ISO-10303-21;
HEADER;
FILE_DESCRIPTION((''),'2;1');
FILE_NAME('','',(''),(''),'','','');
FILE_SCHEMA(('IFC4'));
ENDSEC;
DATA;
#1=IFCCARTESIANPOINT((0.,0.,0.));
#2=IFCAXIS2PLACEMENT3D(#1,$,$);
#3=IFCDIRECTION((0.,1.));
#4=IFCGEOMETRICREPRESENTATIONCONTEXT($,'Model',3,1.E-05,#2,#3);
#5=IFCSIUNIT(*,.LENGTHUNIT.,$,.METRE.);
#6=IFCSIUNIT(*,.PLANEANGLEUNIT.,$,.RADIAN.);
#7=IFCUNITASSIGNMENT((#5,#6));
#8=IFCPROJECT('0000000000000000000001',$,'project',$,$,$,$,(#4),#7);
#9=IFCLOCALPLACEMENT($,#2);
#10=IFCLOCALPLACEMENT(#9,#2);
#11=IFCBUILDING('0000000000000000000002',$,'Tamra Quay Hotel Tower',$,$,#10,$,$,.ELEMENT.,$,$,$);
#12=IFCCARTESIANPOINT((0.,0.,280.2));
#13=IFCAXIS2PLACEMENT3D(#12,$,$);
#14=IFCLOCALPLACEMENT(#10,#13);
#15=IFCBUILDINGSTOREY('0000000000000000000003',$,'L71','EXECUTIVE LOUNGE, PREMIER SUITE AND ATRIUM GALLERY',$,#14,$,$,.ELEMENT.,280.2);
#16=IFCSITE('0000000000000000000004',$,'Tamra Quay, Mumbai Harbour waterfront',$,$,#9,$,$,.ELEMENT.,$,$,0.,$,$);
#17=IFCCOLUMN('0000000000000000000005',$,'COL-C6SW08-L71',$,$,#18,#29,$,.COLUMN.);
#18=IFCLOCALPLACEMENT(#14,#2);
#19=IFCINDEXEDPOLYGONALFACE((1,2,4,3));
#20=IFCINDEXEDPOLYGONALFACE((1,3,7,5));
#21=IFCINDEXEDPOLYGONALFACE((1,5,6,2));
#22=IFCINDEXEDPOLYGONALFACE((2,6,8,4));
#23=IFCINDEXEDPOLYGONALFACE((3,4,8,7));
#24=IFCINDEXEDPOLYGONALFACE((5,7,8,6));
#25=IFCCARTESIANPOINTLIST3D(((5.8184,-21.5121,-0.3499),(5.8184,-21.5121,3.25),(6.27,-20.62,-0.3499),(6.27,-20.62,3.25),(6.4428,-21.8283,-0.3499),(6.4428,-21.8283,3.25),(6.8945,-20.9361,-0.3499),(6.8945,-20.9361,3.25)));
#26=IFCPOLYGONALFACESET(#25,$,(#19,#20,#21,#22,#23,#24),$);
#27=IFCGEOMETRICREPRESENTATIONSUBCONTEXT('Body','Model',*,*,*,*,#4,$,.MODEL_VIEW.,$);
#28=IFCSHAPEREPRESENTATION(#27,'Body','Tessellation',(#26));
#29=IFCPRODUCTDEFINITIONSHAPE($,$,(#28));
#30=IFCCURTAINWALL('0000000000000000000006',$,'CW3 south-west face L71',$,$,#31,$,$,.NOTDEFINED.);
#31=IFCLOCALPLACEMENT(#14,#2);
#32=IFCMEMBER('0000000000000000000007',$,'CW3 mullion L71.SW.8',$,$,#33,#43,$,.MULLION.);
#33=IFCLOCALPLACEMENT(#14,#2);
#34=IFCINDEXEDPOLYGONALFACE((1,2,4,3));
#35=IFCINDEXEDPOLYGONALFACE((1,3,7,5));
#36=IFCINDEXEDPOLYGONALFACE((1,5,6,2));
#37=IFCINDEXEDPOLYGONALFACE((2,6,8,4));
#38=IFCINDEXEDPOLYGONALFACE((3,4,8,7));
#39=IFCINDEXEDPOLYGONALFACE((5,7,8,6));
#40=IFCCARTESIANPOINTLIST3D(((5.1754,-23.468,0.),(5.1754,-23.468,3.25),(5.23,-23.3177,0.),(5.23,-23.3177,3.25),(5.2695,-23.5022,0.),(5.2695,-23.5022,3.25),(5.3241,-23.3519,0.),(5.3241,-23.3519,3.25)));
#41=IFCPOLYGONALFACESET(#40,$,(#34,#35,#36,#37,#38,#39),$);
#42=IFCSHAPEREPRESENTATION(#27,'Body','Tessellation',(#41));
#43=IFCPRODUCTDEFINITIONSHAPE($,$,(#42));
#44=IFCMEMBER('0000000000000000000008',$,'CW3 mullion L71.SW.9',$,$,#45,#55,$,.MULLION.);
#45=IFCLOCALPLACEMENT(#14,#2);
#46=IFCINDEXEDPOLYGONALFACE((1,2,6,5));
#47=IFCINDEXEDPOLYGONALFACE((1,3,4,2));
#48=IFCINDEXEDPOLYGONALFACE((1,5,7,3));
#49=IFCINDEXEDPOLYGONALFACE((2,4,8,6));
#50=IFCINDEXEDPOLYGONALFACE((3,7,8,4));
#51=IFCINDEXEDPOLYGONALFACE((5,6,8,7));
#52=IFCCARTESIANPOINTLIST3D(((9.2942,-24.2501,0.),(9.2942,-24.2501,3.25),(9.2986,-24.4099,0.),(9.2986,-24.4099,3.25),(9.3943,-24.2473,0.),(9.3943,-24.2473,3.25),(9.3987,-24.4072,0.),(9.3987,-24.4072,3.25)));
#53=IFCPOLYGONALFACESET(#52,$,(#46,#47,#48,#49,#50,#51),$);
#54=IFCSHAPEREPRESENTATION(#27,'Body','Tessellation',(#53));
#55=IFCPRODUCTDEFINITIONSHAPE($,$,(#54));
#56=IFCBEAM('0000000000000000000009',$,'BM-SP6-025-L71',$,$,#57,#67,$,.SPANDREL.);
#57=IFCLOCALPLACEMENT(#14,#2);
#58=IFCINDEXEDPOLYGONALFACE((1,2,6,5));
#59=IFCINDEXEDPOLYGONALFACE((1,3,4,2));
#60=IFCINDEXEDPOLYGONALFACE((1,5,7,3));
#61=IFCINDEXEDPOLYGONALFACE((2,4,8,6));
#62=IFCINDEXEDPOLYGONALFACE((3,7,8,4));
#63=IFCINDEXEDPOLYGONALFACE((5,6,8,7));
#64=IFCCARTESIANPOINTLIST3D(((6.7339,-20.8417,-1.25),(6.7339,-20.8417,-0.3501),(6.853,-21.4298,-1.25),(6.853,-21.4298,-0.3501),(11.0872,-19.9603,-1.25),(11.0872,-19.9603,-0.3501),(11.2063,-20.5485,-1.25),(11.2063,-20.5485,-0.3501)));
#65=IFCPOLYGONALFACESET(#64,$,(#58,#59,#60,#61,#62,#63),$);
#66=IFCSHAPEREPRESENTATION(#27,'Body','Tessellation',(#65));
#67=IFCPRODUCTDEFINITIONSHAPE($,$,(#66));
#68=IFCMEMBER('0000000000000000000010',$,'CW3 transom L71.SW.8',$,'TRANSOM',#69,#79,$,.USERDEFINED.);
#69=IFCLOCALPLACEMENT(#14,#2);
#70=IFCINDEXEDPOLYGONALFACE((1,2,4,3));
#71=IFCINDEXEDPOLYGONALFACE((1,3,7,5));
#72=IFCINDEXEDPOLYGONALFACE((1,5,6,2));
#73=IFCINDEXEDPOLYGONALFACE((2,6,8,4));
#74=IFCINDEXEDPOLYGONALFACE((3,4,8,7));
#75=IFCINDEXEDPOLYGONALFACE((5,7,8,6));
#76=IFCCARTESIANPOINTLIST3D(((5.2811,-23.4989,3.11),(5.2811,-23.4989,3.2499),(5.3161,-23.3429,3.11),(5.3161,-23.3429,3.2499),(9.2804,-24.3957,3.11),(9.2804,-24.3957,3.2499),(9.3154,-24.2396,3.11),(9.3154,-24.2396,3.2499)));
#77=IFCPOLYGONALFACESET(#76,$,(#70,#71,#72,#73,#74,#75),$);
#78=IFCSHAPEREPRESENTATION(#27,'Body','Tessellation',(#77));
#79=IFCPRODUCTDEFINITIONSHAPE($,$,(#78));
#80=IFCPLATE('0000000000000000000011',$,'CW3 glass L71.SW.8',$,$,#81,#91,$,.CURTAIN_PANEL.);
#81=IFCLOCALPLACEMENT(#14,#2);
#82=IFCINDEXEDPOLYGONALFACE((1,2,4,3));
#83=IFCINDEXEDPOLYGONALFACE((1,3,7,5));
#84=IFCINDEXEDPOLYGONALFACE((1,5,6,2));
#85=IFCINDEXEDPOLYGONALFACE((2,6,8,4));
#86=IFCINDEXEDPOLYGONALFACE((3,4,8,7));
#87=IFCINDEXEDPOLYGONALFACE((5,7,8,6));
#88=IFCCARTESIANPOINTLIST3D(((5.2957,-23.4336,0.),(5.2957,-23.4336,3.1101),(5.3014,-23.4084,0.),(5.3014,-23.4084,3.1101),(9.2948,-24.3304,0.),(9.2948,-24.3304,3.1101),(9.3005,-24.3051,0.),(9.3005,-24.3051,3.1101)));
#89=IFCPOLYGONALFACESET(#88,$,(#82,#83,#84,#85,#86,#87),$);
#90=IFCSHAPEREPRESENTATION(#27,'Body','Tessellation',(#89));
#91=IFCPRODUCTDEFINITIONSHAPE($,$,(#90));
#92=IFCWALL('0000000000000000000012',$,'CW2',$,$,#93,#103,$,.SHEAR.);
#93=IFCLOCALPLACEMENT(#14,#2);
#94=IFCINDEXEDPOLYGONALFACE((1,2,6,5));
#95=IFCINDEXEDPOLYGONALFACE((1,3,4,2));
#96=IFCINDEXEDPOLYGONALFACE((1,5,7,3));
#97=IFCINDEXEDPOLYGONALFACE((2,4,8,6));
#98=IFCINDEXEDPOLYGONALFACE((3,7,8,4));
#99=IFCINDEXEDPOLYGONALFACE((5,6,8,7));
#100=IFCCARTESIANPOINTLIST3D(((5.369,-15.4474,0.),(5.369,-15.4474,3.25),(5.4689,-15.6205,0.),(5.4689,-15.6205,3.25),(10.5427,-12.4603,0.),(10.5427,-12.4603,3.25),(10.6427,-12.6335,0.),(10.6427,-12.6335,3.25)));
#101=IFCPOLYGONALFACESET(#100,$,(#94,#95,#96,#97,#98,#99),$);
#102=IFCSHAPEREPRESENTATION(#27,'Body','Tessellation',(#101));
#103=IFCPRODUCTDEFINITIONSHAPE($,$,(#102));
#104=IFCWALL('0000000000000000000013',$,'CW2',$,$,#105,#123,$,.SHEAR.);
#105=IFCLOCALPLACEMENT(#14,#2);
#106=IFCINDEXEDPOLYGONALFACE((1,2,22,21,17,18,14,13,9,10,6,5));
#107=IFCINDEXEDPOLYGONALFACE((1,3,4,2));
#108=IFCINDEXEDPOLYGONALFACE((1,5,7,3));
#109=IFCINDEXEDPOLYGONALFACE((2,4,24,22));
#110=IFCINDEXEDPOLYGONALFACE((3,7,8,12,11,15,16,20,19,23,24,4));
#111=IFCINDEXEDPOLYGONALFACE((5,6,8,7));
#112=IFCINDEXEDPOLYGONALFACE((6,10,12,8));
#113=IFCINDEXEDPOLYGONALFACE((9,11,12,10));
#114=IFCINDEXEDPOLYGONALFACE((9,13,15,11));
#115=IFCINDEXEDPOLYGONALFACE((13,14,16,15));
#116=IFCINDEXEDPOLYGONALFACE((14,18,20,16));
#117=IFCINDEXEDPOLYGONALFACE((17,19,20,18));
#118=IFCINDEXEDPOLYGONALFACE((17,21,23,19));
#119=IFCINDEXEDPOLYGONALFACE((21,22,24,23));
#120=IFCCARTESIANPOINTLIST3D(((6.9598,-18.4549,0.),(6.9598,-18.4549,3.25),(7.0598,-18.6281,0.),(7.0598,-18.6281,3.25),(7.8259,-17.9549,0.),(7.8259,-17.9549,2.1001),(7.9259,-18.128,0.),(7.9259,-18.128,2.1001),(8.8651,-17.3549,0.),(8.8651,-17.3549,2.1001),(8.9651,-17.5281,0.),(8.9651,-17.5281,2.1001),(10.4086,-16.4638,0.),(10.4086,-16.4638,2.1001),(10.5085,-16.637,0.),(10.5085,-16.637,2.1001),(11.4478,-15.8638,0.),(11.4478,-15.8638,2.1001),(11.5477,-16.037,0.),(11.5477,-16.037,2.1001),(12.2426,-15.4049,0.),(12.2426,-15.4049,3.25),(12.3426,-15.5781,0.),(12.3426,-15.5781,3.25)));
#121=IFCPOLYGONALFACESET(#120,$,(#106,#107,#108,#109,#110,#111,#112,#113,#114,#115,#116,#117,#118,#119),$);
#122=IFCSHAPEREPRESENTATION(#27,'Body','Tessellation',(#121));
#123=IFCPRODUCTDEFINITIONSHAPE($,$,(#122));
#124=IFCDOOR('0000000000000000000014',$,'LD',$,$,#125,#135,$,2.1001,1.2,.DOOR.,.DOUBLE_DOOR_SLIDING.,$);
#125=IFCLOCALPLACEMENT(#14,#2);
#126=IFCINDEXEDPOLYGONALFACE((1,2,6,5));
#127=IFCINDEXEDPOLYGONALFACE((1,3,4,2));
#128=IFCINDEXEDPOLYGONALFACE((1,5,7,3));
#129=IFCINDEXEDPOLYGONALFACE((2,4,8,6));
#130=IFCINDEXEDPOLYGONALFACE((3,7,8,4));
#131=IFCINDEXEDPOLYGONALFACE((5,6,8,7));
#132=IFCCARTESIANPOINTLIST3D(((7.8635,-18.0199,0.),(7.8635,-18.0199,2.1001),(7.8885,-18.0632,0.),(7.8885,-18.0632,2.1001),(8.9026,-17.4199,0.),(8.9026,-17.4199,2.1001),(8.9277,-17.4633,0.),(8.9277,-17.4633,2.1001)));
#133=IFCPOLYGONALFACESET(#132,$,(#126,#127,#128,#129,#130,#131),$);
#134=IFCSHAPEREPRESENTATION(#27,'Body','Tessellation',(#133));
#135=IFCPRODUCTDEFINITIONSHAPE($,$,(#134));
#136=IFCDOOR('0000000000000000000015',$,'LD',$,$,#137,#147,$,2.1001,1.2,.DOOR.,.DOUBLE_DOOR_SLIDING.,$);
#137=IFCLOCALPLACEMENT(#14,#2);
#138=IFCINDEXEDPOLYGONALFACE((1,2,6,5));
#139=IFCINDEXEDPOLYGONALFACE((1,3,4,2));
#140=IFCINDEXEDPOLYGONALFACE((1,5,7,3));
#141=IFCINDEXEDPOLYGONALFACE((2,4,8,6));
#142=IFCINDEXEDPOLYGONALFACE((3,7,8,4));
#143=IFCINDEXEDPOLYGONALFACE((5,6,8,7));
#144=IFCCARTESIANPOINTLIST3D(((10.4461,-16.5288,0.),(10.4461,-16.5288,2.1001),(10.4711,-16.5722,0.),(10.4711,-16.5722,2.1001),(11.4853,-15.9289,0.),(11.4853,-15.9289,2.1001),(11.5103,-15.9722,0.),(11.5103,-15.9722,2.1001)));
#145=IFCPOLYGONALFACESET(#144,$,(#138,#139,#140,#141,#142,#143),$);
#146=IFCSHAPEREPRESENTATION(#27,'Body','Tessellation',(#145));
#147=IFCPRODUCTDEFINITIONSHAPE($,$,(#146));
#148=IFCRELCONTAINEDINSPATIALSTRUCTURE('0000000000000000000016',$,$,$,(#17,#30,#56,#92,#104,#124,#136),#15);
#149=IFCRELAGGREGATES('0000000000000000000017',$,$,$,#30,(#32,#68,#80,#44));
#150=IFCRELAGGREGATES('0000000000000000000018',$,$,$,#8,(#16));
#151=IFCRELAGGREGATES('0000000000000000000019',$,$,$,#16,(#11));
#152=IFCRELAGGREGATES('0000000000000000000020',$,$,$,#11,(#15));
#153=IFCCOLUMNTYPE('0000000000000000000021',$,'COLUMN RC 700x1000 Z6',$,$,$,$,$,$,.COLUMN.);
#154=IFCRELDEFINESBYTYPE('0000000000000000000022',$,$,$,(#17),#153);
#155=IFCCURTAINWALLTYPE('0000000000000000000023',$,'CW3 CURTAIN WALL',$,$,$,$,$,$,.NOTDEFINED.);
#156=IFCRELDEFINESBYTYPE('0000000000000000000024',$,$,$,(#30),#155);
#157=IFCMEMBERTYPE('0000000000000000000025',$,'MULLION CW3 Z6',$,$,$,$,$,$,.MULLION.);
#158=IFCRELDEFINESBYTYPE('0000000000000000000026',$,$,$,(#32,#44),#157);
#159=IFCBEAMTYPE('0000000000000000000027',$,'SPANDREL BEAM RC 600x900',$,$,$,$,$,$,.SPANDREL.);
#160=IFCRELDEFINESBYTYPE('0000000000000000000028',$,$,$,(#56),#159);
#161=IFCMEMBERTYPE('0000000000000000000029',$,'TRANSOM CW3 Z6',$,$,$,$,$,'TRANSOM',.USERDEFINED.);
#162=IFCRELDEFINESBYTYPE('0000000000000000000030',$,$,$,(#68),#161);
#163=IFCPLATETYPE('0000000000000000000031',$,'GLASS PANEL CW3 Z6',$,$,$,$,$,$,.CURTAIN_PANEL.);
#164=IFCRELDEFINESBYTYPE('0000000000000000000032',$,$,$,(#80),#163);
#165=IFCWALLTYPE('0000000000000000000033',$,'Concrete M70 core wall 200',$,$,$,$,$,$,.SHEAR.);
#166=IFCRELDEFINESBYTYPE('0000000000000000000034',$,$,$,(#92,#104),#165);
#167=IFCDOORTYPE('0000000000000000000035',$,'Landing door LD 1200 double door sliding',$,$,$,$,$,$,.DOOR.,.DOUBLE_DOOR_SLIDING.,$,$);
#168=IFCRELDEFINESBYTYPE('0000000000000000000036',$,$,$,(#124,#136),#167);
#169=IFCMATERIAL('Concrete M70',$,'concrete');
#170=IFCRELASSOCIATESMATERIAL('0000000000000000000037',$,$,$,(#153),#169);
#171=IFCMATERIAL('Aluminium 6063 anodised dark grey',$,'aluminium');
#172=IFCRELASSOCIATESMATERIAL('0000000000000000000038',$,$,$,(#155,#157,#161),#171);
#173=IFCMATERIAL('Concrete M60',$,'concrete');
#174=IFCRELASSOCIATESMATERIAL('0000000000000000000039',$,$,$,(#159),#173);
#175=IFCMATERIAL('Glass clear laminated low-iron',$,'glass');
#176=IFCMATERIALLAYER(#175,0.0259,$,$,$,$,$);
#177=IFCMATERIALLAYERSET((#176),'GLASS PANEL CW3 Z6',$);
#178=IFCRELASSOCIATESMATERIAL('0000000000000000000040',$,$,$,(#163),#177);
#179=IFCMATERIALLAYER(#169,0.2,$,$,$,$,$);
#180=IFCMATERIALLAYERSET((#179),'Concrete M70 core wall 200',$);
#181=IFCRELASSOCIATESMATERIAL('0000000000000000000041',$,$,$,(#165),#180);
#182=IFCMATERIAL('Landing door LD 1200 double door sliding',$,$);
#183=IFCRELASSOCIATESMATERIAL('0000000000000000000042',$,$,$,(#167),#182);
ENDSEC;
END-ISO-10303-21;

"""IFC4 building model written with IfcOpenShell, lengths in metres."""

from ifc_helpers import new_model, si_unit, direction, frame, frame_2d, origin, origin_2d, place, context, subcontext, project, spatial, rectangle, extrude, material, layer, layer_set, material_profile, profile_set, type_object, element, fill, aggregate, save


model = new_model("IFC4")

# Units and contexts
model_context = context("Model", 3, precision=1e-05, world=origin(), true_north=direction((0.0, 1.0)))
body_context = subcontext(model_context, "Body", "Model", "MODEL_VIEW")
ifc_project = project(units=[si_unit("LENGTHUNIT", "METRE"), si_unit("PLANEANGLEUNIT", "RADIAN")], contexts=[model_context])

# Site, building, storey
site_placement = place(None, origin())
site = spatial("IfcSite", under=ifc_project, at=site_placement, Name="Tamra Quay, Mumbai Harbour waterfront", CompositionType="ELEMENT", RefElevation=0.0)
building_placement = place(site_placement, origin())
building = spatial("IfcBuilding", under=site, at=building_placement, Name="Tamra Quay Hotel Tower", CompositionType="ELEMENT")
storey_placement = place(building_placement, frame((0.0, 0.0, 280.2)))
storey = spatial("IfcBuildingStorey", under=building, at=storey_placement, Name="L71", Description="EXECUTIVE LOUNGE, PREMIER SUITE AND ATRIUM GALLERY", CompositionType="ELEMENT", Elevation=280.2)

# Column
ifc_material_1 = material(Name="Concrete M70", Category="concrete")
ifc_material_profile_1 = material_profile(ifc_material_1, rectangle(XDim=1.0, YDim=0.7, at=origin_2d()), Name="COLUMN RC 700x1000 Z6")
ifc_profile_set_1 = profile_set([ifc_material_profile_1], Name="Concrete M70")
column_type = type_object("IfcColumnType", Name="COLUMN RC 700x1000 Z6", PredefinedType="COLUMN", material=ifc_profile_set_1)
column_placement = place(storey_placement, frame((6.3564, -21.2241, -0.3499), z_axis=(0.0, 0.0, 1.0), x_axis=(0.451686, 0.892177, 0.0)))
element("IfcColumn", 1, at=column_placement, inside=storey, type_object=column_type, Name="COL-C6SW08-L71", PredefinedType="COLUMN", context=body_context, shape_type="SweptSolid", body=[
    extrude(rectangle(XDim=1.0, YDim=0.7, at=origin_2d()), origin(), (0.0, 0.0, 1.0), 3.5999),
])

# Curtain wall, members
ifc_material_2 = material(Name="Aluminium 6063 anodised dark grey", Category="aluminium")
curtain_wall_type = type_object("IfcCurtainWallType", Name="CW3 CURTAIN WALL", PredefinedType="NOTDEFINED", material=ifc_material_2)
curtain_wall_placement = place(storey_placement, origin())
curtain_wall = element("IfcCurtainWall", 2, at=curtain_wall_placement, inside=storey, type_object=curtain_wall_type, Name="CW3 south-west face L71", PredefinedType="NOTDEFINED")
ifc_material_profile_2 = material_profile(ifc_material_2, rectangle(XDim=0.1599, YDim=0.1001, at=origin_2d()), Name="MULLION 100X160")
ifc_profile_set_2 = profile_set([ifc_material_profile_2], Name="Aluminium 6063 anodised dark grey")
member_type_1 = type_object("IfcMemberType", Name="MULLION CW3 Z6", PredefinedType="MULLION", material=ifc_profile_set_2)
member_1_placement = place(storey_placement, frame((5.2498, -23.4099, 0.0), z_axis=(0.0, 0.0, 1.0), x_axis=(-0.341653, -0.939826, 0.0)))
member_1 = element("IfcMember", 3, at=member_1_placement, type_object=member_type_1, Name="CW3 mullion L71.SW.8", PredefinedType="MULLION", context=body_context, shape_type="SweptSolid", body=[
    extrude(rectangle(XDim=0.1599, YDim=0.1001, at=origin_2d()), origin(), (0.0, 0.0, 1.0), 3.25),
])
member_2_placement = place(storey_placement, frame((9.3464, -24.3286, 0.0), z_axis=(0.0, 0.0, 1.0), x_axis=(0.027469, -0.999623, 0.0)))
member_2 = element("IfcMember", 4, at=member_2_placement, type_object=member_type_1, Name="CW3 mullion L71.SW.9", PredefinedType="MULLION", context=body_context, shape_type="SweptSolid", body=[
    extrude(rectangle(XDim=0.1599, YDim=0.1001, at=origin_2d()), origin(), (0.0, 0.0, 1.0), 3.25),
])

# Beam
ifc_material_3 = material(Name="Concrete M60", Category="concrete")
ifc_material_profile_3 = material_profile(ifc_material_3, rectangle(XDim=0.6001, YDim=0.8999, at=origin_2d()), Name="SPANDREL BEAM RC 600x900")
ifc_profile_set_3 = profile_set([ifc_material_profile_3], Name="Concrete M60")
beam_type = type_object("IfcBeamType", Name="SPANDREL BEAM RC 600x900", PredefinedType="SPANDREL", material=ifc_profile_set_3)
beam_placement = place(storey_placement, frame((6.7935, -21.1357, -0.8), z_axis=(0.980115, 0.198431, 0.0), x_axis=(-0.198431, 0.980115, 0.0)))
element("IfcBeam", 5, at=beam_placement, inside=storey, type_object=beam_type, Name="BM-SP6-025-L71", PredefinedType="SPANDREL", context=body_context, shape_type="SweptSolid", body=[
    extrude(rectangle(XDim=0.6001, YDim=0.8999, at=origin_2d()), origin(), (0.0, 0.0, 1.0), 4.4417),
])

# Member
ifc_material_profile_4 = material_profile(ifc_material_2, rectangle(XDim=0.1599, YDim=0.1399, at=origin_2d()), Name="TRANSOM 160X140")
ifc_profile_set_4 = profile_set([ifc_material_profile_4], Name="Aluminium 6063 anodised dark grey")
member_type_2 = type_object("IfcMemberType", Name="TRANSOM CW3 Z6", ElementType="TRANSOM", PredefinedType="USERDEFINED", material=ifc_profile_set_4)
member_3_placement = place(storey_placement, frame((5.2986, -23.4209, 3.1799), z_axis=(0.975772, -0.218791, 0.0), x_axis=(0.218791, 0.975772, 0.0)))
member_3 = element("IfcMember", 6, at=member_3_placement, type_object=member_type_2, Name="CW3 transom L71.SW.8", ObjectType="TRANSOM", PredefinedType="USERDEFINED", context=body_context, shape_type="SweptSolid", body=[
    extrude(rectangle(XDim=0.1599, YDim=0.1399, at=origin_2d()), origin(), (0.0, 0.0, 1.0), 4.0986),
])

# Plate
ifc_material_4 = material(Name="Glass clear laminated low-iron", Category="glass")
ifc_layer_1 = layer(ifc_material_4, 0.0259)
ifc_layer_set_1 = layer_set([ifc_layer_1], Name="GLASS PANEL CW3 Z6")
plate_type = type_object("IfcPlateType", Name="GLASS PANEL CW3 Z6", PredefinedType="CURTAIN_PANEL", material=ifc_layer_set_1)
plate_placement = place(storey_placement, frame((7.2981, -23.8694, 0.0), z_axis=(0.0, 0.0, 1.0), x_axis=(0.975768, -0.218806, 0.0)))
plate = element("IfcPlate", 7, at=plate_placement, type_object=plate_type, Name="CW3 glass L71.SW.8", PredefinedType="CURTAIN_PANEL", context=body_context, shape_type="SweptSolid", body=[
    extrude(rectangle(XDim=4.0984, YDim=0.0259, at=origin_2d()), origin(), (0.0, 0.0, 1.0), 3.1101),
])
aggregate(curtain_wall, [member_1, member_3, plate, member_2])

# Wall
ifc_layer_2 = layer(ifc_material_1, 0.2)
ifc_layer_set_2 = layer_set([ifc_layer_2], Name="Concrete M70 core wall 200")
wall_type_1 = type_object("IfcWallType", Name="Concrete M70 core wall 200", PredefinedType="SHEAR", material=ifc_layer_set_2)
wall_1_placement = place(storey_placement, frame((5.4189, -15.5339, 0.0), z_axis=(0.0, 0.0, 1.0), x_axis=(0.866029, 0.499994, 0.0)))
element("IfcWall", 8, at=wall_1_placement, inside=storey, type_object=wall_type_1, Name="CW2", PredefinedType="SHEAR", context=body_context, shape_type="SweptSolid", body=[
    extrude(rectangle(XDim=5.9741, YDim=0.2, at=frame_2d((2.9871, 0.0))), origin(), (0.0, 0.0, 1.0), 3.25),
])

# Wall, openings, doors
wall_2_placement = place(storey_placement, frame((7.0098, -18.5415, 0.0), z_axis=(0.0, 0.0, 1.0), x_axis=(0.86603, 0.499992, 0.0)))
wall_2 = element("IfcWall", 9, at=wall_2_placement, inside=storey, type_object=wall_type_1, Name="CW2", PredefinedType="SHEAR", context=body_context, shape_type="SweptSolid", body=[
    extrude(rectangle(XDim=6.1001, YDim=0.2, at=frame_2d((3.05, 0.0))), origin(), (0.0, 0.0, 1.0), 3.25),
])
opening_1_placement = place(wall_2_placement, frame((1.0, 0.0, 0.0)))
opening_1 = element("IfcOpeningElement", 10, at=opening_1_placement, cuts=wall_2, PredefinedType="OPENING", context=body_context, shape_type="SweptSolid", body=[
    extrude(rectangle(XDim=1.2, YDim=2.1001, at=frame_2d((0.6001, 1.05))), frame((0.0, 0.1099, 0.0), z_axis=(0.0, -1.0, 0.0), x_axis=(1.0, 0.0, 0.0)), (0.0, 0.0, 1.0), 0.22),
])
opening_2_placement = place(wall_2_placement, frame((3.9822, 0.0, 0.0)))
opening_2 = element("IfcOpeningElement", 11, at=opening_2_placement, cuts=wall_2, PredefinedType="OPENING", context=body_context, shape_type="SweptSolid", body=[
    extrude(rectangle(XDim=1.2, YDim=2.1001, at=frame_2d((0.6001, 1.05))), frame((0.0, 0.1099, 0.0), z_axis=(0.0, -1.0, 0.0), x_axis=(1.0, 0.0, 0.0)), (0.0, 0.0, 1.0), 0.22),
])
ifc_material_5 = material(Name="Landing door LD 1200 double door sliding")
door_type_1 = type_object("IfcDoorType", Name="Landing door LD 1200 double door sliding", OperationType="DOUBLE_DOOR_SLIDING", PredefinedType="DOOR", material=ifc_material_5)
door_1_placement = place(opening_1_placement, origin())
door_1 = element("IfcDoor", 12, at=door_1_placement, inside=storey, type_object=door_type_1, Name="LD", OperationType="DOUBLE_DOOR_SLIDING", OverallHeight=2.1001, OverallWidth=1.2, PredefinedType="DOOR", context=body_context, shape_type="SweptSolid", body=[
    extrude(rectangle(XDim=1.2, YDim=2.1001, at=frame_2d((0.6001, 1.05))), frame((0.0, 0.0249, 0.0), z_axis=(0.0, -1.0, 0.0), x_axis=(1.0, 0.0, 0.0)), (0.0, 0.0, 1.0), 0.05),
])
fill(opening_1, door_1)
door_2_placement = place(opening_2_placement, origin())
door_2 = element("IfcDoor", 13, at=door_2_placement, inside=storey, type_object=door_type_1, Name="LD", OperationType="DOUBLE_DOOR_SLIDING", OverallHeight=2.1001, OverallWidth=1.2, PredefinedType="DOOR", context=body_context, shape_type="SweptSolid", body=[
    extrude(rectangle(XDim=1.2, YDim=2.1001, at=frame_2d((0.6001, 1.05))), frame((0.0, 0.0249, 0.0), z_axis=(0.0, -1.0, 0.0), x_axis=(1.0, 0.0, 0.0)), (0.0, 0.0, 1.0), 0.05),
])
fill(opening_2, door_2)

save(model, "model.ifc")
